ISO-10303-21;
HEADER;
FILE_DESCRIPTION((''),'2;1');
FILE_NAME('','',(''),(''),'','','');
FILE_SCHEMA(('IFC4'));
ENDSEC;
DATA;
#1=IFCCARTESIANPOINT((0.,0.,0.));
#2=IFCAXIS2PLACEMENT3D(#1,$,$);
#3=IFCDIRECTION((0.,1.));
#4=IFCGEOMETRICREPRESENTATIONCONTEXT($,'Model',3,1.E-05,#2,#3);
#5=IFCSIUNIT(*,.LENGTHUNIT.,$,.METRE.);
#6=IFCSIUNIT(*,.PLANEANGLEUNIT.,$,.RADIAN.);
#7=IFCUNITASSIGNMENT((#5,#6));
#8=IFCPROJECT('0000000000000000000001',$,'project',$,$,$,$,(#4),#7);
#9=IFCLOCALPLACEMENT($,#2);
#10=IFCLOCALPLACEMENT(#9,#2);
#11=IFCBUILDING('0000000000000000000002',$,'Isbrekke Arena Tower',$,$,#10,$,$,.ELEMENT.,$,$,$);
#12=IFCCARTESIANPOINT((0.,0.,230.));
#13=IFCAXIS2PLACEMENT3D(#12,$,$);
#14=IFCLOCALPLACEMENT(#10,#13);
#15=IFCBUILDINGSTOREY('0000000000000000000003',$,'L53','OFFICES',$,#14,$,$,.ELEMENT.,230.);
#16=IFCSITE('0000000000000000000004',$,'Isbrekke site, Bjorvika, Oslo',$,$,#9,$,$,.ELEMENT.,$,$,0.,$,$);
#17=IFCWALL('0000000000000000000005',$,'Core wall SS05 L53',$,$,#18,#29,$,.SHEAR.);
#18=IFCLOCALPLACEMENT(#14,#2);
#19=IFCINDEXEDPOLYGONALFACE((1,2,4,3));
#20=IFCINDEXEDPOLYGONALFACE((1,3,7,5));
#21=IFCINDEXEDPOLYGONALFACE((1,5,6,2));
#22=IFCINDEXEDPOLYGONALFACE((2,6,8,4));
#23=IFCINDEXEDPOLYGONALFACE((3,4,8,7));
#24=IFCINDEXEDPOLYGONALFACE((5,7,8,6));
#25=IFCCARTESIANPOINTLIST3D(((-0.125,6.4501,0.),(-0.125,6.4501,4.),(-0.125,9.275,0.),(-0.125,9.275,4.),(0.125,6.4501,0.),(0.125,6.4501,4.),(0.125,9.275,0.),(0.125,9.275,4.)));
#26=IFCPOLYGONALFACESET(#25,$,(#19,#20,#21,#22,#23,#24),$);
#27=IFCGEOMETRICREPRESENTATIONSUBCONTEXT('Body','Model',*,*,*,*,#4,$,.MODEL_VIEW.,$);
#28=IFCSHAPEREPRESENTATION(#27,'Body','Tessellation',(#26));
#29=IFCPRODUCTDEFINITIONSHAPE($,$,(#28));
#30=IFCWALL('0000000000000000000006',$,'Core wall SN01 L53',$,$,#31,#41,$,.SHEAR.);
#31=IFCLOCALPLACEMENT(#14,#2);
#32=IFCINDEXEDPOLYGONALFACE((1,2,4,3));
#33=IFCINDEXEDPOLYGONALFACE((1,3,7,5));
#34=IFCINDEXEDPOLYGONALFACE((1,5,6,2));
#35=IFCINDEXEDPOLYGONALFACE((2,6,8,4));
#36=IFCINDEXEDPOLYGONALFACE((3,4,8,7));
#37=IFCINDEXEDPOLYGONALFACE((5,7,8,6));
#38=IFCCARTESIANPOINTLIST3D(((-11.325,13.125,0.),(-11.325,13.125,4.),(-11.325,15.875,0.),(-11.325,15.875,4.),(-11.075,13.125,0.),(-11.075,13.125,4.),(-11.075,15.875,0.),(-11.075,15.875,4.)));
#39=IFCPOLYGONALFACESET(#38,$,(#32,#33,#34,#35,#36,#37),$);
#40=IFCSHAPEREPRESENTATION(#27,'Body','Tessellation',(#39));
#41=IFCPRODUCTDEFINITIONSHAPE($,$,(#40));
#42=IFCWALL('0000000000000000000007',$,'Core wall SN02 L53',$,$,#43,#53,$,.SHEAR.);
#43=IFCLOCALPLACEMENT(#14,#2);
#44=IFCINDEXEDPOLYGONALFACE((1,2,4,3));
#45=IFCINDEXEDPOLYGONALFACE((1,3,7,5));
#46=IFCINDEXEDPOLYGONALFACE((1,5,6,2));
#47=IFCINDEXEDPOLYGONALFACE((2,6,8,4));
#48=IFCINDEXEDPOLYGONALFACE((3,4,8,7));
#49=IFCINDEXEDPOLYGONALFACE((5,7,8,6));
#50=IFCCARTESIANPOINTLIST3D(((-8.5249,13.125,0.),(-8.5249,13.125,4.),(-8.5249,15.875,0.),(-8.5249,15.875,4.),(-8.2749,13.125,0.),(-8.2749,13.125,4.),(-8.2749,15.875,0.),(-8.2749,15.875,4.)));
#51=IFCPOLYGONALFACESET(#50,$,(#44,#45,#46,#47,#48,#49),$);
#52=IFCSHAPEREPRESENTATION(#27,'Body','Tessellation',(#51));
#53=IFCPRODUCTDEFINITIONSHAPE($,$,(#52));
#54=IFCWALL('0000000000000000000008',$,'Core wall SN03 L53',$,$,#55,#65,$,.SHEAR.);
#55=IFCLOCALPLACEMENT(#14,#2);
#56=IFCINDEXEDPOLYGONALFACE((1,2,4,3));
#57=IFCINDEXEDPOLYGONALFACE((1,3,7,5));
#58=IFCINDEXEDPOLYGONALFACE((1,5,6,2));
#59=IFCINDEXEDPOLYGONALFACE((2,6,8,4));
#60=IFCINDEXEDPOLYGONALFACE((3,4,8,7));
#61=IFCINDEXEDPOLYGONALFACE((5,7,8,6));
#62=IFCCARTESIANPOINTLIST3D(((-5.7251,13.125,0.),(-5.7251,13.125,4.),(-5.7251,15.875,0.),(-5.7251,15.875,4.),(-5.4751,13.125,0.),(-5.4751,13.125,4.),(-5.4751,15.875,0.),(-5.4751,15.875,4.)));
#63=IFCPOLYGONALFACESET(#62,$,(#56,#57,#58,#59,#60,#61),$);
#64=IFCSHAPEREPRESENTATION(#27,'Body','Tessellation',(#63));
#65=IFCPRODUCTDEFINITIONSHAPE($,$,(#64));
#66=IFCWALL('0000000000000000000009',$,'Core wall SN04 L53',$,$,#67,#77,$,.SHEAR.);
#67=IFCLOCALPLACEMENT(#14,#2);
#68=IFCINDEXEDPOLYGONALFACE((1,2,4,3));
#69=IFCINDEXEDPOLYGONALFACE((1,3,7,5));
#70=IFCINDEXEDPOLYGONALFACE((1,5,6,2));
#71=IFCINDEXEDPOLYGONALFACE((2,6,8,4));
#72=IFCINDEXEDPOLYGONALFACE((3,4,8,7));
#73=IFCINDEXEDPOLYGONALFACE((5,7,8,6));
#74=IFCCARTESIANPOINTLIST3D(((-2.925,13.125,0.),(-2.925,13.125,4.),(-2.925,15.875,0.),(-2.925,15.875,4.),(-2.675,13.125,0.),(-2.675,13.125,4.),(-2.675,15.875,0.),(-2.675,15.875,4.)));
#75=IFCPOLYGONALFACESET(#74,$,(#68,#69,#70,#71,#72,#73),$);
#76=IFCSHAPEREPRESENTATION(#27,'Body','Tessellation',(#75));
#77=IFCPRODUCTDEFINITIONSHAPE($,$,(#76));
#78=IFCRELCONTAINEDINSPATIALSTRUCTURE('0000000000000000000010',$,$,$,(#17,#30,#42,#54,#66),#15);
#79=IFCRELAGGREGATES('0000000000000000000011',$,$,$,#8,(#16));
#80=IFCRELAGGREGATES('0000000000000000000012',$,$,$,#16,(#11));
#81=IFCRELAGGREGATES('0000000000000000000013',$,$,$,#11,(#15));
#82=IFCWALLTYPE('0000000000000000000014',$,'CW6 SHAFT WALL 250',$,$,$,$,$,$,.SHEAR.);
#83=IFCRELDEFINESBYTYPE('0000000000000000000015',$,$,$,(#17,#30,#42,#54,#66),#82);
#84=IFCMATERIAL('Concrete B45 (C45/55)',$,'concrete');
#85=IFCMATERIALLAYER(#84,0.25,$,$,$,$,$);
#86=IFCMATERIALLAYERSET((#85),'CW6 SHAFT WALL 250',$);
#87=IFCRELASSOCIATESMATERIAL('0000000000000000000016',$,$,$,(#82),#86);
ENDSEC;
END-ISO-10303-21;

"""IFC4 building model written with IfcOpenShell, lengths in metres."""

from ifc_helpers import new_model, si_unit, direction, frame, frame_2d, origin, place, context, subcontext, project, spatial, rectangle, extrude, material, layer, layer_set, type_object, element, save


model = new_model("IFC4")

# Units and contexts
model_context = context("Model", 3, precision=1e-05, world=origin(), true_north=direction((0.0, 1.0)))
body_context = subcontext(model_context, "Body", "Model", "MODEL_VIEW")
ifc_project = project(units=[si_unit("LENGTHUNIT", "METRE"), si_unit("PLANEANGLEUNIT", "RADIAN")], contexts=[model_context])

# Site, building, storey
site_placement = place(None, origin())
site = spatial("IfcSite", under=ifc_project, at=site_placement, Name="Isbrekke site, Bjorvika, Oslo", CompositionType="ELEMENT", RefElevation=0.0)
building_placement = place(site_placement, origin())
building = spatial("IfcBuilding", under=site, at=building_placement, Name="Isbrekke Arena Tower", CompositionType="ELEMENT")
storey_placement = place(building_placement, frame((0.0, 0.0, 230.0)))
storey = spatial("IfcBuildingStorey", under=building, at=storey_placement, Name="L53", Description="OFFICES", CompositionType="ELEMENT", Elevation=230.0)

# Shared definitions
ifc_material_1 = material(Name="Concrete B45 (C45/55)", Category="concrete")
ifc_layer_1 = layer(ifc_material_1, 0.25)
ifc_layer_set_1 = layer_set([ifc_layer_1], Name="CW6 SHAFT WALL 250")
wall_type_1 = type_object("IfcWallType", Name="CW6 SHAFT WALL 250", PredefinedType="SHEAR", material=ifc_layer_set_1)

# Walls
for number, where, z_axis, x_axis, name in (
    (1, (0.0, 6.45, 0.0), (0.0, 0.0, 1.0), (0.0, 1.0, 0.0), "Core wall SS05 L53"),
):
    element("IfcWall", number, at=place(storey_placement, frame(where, z_axis=z_axis, x_axis=x_axis)), inside=storey, type_object=wall_type_1, Name=name, PredefinedType="SHEAR", context=body_context, shape_type="SweptSolid", body=[
        extrude(rectangle(XDim=2.825, YDim=0.25, at=frame_2d((1.4126, 0.0))), origin(), (0.0, 0.0, 1.0), 4.0),
    ])
for number, where, z_axis, x_axis, name in (
    (2, (-11.2, 13.125, 0.0), (0.0, 0.0, 1.0), (0.0, 1.0, 0.0), "Core wall SN01 L53"),
    (3, (-8.3999, 13.125, 0.0), (0.0, 0.0, 1.0), (0.0, 1.0, 0.0), "Core wall SN02 L53"),
    (4, (-5.6001, 13.125, 0.0), (0.0, 0.0, 1.0), (0.0, 1.0, 0.0), "Core wall SN03 L53"),
    (5, (-2.8, 13.125, 0.0), (0.0, 0.0, 1.0), (0.0, 1.0, 0.0), "Core wall SN04 L53"),
):
    element("IfcWall", number, at=place(storey_placement, frame(where, z_axis=z_axis, x_axis=x_axis)), inside=storey, type_object=wall_type_1, Name=name, PredefinedType="SHEAR", context=body_context, shape_type="SweptSolid", body=[
        extrude(rectangle(XDim=2.75, YDim=0.25, at=frame_2d((1.375, 0.0))), origin(), (0.0, 0.0, 1.0), 4.0),
    ])

save(model, "model.ifc")
